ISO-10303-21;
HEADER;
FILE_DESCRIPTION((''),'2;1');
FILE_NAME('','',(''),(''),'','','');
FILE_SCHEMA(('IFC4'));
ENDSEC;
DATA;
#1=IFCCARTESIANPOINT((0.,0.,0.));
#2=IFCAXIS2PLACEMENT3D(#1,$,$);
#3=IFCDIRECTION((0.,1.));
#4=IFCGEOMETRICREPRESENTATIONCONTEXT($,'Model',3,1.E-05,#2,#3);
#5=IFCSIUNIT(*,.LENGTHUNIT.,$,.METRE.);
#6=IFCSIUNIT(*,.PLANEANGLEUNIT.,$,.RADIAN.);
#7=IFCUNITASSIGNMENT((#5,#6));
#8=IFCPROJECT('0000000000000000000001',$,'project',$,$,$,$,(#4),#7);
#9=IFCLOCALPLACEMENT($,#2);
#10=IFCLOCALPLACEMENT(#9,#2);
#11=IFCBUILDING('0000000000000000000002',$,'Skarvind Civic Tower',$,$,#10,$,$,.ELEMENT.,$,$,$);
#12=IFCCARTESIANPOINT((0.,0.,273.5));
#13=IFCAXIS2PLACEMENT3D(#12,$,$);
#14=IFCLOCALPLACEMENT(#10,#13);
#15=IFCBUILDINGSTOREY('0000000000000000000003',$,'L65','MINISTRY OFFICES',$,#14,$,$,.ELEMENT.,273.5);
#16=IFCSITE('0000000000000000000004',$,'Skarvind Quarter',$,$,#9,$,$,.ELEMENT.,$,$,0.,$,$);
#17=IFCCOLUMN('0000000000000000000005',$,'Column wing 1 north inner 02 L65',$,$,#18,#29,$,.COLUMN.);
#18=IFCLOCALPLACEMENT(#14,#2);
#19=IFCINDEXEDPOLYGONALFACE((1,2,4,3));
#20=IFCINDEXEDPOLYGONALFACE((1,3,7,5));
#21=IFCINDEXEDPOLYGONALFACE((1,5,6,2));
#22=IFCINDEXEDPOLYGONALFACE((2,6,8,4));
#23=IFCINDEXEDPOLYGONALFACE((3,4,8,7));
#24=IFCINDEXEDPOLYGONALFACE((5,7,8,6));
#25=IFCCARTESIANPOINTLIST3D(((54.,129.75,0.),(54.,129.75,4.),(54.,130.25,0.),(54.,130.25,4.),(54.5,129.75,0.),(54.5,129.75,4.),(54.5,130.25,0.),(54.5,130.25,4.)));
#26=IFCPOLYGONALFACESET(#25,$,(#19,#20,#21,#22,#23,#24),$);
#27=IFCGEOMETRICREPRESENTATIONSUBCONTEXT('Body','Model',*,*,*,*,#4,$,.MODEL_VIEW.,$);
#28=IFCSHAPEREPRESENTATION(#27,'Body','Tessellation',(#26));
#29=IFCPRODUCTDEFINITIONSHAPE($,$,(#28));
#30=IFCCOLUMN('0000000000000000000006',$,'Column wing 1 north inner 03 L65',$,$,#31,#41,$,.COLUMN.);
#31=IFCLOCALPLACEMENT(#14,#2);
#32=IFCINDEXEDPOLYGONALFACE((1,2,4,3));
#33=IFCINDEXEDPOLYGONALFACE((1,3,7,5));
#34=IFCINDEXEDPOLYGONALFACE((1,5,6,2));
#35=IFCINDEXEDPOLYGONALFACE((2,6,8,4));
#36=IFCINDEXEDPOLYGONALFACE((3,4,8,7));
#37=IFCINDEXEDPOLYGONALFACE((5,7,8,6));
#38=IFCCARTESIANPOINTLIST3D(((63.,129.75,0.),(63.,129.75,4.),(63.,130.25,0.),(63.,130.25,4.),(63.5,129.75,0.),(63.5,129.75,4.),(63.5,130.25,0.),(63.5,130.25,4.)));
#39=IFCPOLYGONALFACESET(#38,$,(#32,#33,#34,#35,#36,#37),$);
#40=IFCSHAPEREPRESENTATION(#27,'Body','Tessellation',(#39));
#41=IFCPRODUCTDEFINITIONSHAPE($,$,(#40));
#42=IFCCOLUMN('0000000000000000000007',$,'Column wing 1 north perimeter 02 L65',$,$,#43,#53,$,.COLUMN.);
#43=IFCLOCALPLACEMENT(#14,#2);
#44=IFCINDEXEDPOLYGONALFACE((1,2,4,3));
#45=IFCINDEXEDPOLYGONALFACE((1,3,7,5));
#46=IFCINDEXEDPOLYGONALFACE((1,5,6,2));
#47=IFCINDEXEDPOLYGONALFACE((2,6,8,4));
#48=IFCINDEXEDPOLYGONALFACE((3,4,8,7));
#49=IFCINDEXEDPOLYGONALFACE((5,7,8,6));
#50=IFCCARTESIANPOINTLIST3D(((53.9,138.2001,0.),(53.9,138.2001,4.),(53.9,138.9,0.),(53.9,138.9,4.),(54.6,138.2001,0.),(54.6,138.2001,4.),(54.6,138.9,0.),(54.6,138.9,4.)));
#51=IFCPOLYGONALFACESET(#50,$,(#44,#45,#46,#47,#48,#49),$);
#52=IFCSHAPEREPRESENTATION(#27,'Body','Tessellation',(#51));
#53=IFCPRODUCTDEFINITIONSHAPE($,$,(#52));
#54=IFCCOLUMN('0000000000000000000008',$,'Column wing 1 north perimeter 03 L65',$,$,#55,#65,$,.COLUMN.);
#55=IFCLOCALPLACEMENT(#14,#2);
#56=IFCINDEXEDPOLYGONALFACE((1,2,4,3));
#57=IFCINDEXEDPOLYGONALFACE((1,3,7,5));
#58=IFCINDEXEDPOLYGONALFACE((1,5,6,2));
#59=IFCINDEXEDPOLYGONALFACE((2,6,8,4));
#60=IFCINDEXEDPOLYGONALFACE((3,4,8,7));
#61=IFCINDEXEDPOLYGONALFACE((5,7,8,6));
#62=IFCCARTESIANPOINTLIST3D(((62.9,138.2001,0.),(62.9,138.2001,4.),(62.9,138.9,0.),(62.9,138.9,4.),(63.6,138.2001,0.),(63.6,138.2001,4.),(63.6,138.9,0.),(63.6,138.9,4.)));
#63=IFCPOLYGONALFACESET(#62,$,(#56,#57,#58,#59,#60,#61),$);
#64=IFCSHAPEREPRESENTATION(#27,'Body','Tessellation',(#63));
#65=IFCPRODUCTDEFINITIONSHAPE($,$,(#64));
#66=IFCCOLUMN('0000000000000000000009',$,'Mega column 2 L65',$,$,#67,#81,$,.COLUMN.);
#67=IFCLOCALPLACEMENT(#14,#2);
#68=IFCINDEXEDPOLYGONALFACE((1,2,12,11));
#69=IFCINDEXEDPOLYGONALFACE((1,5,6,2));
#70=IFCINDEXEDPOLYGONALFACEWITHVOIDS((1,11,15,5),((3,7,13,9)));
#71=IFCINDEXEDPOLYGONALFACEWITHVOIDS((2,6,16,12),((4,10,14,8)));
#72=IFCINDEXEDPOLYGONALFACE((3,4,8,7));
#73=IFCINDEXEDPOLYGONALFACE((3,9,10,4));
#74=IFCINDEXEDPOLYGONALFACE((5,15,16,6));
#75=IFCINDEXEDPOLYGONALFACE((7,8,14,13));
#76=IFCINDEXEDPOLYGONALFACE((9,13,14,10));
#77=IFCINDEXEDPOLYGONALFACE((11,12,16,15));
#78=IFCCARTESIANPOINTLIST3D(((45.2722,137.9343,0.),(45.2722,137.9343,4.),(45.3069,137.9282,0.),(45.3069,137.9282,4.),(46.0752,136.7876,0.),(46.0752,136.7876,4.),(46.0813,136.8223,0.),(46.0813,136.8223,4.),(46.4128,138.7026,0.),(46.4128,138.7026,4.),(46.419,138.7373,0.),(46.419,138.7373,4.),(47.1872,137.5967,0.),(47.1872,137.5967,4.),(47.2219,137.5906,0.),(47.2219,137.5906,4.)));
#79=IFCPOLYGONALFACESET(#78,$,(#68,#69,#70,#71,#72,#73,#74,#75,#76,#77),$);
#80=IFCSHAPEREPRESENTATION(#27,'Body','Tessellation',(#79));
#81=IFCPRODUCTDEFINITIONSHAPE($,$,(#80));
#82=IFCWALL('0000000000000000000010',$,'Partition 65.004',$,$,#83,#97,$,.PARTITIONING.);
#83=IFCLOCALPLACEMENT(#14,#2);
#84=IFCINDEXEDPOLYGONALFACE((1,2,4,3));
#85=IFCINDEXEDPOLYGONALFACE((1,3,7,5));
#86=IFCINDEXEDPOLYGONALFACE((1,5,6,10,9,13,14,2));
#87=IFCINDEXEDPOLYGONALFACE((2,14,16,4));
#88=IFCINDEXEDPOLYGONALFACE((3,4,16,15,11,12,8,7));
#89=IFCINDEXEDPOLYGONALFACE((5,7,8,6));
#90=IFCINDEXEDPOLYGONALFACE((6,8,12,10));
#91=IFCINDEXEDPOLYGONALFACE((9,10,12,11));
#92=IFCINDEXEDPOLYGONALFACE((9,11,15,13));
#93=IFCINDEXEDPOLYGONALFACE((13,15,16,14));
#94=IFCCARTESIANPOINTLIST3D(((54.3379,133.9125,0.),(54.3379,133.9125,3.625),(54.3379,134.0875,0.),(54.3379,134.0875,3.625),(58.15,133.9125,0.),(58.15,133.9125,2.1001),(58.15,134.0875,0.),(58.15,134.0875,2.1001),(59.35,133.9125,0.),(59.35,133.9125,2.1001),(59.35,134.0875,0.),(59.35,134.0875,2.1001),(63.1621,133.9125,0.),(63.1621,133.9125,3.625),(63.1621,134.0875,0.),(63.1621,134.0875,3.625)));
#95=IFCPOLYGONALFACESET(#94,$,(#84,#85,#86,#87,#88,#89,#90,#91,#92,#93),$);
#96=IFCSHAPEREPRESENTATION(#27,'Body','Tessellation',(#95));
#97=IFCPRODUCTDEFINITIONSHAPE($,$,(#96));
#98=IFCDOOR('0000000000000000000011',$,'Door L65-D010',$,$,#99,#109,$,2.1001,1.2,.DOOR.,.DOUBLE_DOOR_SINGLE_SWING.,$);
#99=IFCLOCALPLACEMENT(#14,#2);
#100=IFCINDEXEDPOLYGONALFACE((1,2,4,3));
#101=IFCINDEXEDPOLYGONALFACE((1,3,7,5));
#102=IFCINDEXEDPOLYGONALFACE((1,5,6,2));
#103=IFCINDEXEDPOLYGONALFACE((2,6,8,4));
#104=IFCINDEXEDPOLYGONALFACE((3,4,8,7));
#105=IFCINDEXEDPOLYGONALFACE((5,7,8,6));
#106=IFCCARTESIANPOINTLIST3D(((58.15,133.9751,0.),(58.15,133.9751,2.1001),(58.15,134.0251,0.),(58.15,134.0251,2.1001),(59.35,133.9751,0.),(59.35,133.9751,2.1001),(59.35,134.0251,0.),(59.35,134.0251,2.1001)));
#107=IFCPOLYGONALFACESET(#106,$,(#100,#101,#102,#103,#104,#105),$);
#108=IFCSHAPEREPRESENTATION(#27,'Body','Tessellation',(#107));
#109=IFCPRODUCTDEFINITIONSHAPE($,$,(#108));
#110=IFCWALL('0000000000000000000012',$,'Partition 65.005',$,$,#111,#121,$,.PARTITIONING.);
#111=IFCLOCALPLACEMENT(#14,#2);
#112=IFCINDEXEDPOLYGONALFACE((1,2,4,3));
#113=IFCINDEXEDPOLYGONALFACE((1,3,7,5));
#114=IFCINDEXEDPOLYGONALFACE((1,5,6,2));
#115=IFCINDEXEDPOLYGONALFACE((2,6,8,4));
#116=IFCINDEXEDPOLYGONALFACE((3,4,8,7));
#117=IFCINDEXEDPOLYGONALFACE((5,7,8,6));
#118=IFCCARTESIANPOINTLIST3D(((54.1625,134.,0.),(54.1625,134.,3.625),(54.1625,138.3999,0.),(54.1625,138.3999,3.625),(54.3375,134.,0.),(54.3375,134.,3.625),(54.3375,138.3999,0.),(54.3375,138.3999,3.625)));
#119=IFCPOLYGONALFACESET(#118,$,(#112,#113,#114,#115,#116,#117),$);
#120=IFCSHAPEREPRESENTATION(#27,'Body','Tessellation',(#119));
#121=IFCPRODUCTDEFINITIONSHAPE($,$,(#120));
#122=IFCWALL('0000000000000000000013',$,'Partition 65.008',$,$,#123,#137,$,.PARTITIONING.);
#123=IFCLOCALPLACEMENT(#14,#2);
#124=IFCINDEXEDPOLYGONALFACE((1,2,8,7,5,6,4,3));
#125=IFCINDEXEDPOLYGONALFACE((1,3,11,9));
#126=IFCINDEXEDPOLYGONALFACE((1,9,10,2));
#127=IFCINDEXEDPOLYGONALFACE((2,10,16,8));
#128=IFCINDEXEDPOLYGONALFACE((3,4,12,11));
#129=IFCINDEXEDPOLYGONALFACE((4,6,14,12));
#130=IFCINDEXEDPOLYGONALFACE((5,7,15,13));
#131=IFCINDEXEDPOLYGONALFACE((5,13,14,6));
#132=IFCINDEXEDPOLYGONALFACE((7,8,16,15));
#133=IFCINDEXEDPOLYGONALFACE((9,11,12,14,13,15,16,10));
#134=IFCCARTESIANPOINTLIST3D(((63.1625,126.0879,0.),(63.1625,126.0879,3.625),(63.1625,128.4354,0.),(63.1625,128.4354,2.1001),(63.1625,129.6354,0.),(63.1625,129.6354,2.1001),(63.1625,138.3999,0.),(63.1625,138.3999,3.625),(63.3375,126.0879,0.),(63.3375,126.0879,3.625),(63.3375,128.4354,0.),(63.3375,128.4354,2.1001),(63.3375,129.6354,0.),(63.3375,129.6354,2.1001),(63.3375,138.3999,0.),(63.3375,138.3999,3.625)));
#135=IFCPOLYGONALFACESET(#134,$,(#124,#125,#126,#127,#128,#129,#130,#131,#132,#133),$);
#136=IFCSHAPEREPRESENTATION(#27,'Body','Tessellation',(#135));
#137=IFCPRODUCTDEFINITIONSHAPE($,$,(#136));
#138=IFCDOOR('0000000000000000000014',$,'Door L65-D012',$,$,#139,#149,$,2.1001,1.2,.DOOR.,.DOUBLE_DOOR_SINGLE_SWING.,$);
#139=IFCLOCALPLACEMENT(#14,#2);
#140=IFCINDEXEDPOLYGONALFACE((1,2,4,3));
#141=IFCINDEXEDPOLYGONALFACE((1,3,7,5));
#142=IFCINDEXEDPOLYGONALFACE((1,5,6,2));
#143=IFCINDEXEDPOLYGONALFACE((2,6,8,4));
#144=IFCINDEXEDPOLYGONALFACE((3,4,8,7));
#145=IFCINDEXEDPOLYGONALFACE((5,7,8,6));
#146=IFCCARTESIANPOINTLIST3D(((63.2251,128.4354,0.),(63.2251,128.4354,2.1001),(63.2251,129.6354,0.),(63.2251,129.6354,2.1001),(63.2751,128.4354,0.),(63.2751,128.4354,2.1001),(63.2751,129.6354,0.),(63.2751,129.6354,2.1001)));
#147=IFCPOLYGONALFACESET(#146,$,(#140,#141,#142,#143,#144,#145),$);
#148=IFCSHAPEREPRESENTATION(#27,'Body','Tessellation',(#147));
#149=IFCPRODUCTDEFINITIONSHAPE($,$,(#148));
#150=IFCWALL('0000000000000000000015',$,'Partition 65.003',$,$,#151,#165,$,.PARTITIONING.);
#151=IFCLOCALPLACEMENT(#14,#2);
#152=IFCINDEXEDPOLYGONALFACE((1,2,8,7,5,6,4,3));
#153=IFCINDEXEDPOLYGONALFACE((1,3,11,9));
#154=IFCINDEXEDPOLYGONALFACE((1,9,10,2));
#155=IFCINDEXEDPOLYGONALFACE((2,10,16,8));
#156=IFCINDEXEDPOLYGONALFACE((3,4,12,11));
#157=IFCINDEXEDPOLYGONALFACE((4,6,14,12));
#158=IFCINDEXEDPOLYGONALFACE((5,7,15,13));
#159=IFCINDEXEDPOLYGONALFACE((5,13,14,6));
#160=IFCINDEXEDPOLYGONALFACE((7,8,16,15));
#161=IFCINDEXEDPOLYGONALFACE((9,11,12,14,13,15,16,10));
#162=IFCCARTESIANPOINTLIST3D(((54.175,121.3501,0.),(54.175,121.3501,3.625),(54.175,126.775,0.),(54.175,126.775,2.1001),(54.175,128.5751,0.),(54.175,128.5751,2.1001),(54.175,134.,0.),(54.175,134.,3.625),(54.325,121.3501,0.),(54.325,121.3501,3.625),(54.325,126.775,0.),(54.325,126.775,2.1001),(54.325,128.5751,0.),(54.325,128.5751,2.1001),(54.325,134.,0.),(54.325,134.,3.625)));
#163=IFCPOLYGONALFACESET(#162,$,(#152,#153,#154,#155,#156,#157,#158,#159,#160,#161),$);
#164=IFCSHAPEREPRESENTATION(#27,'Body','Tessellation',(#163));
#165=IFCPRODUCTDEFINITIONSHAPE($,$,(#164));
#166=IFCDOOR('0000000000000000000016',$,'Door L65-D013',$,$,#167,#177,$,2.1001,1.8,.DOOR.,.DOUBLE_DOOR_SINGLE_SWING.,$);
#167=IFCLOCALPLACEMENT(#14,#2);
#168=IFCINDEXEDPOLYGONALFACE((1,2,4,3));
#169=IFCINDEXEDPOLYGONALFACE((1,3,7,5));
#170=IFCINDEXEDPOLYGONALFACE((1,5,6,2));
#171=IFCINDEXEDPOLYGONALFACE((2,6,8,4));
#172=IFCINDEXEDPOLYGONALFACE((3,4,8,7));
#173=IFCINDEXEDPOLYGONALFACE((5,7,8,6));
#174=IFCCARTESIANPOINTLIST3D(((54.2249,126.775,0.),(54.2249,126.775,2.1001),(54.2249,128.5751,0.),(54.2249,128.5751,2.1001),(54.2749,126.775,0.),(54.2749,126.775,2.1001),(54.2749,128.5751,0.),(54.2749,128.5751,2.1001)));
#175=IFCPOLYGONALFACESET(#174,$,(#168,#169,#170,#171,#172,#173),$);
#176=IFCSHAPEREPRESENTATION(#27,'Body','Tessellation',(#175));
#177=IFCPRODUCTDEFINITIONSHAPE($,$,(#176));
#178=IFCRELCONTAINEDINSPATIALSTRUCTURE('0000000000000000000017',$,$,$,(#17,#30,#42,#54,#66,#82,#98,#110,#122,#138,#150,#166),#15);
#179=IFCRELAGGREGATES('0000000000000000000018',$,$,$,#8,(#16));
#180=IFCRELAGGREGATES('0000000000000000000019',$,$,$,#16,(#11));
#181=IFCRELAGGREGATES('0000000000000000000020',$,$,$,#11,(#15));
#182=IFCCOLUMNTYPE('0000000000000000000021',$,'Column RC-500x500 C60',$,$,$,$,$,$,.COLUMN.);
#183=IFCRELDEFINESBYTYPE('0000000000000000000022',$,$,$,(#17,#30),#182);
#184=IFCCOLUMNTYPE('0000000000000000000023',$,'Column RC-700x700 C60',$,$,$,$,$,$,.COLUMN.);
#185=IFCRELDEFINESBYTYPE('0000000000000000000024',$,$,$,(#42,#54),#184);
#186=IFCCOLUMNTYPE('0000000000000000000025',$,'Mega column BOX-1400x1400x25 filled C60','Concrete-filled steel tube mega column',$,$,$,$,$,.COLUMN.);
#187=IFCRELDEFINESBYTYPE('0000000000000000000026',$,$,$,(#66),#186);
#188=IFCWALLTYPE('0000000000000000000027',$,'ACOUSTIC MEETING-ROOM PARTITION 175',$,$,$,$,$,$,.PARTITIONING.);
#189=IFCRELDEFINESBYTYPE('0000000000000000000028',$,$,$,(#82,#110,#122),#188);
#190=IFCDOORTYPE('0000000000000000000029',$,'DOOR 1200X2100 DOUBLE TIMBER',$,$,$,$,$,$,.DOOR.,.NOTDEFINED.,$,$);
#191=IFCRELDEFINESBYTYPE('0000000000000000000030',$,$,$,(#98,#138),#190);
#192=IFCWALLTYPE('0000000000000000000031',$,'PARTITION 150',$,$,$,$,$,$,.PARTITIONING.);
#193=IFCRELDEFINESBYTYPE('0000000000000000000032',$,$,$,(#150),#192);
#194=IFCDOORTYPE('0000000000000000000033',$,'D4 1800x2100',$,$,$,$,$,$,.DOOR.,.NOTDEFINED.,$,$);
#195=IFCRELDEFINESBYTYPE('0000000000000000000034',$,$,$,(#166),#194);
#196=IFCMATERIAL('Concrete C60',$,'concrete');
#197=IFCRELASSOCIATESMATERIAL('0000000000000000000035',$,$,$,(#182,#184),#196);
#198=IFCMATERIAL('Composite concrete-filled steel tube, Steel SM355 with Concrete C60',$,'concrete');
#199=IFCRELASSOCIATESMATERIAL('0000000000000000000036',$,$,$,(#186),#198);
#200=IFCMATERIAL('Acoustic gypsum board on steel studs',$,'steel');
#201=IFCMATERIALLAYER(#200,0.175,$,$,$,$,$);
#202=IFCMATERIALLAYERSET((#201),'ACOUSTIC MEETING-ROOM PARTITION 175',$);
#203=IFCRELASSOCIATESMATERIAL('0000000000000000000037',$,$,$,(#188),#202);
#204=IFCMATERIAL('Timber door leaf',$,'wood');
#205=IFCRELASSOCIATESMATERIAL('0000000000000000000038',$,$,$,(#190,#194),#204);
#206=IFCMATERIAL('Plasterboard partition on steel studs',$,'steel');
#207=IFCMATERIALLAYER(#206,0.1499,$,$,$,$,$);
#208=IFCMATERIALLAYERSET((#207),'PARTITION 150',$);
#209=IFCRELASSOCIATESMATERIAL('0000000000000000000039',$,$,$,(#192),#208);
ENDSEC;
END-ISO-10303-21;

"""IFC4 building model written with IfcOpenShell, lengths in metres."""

from ifc_helpers import new_model, si_unit, direction, frame, frame_2d, origin, origin_2d, place, context, subcontext, project, spatial, rectangle, hollow_rectangle, extrude, material, layer, layer_set, material_profile, profile_set, type_object, element, fill, save


model = new_model("IFC4")

# Units and contexts
model_context = context("Model", 3, precision=1e-05, world=origin(), true_north=direction((0.0, 1.0)))
body_context = subcontext(model_context, "Body", "Model", "MODEL_VIEW")
ifc_project = project(units=[si_unit("LENGTHUNIT", "METRE"), si_unit("PLANEANGLEUNIT", "RADIAN")], contexts=[model_context])

# Site, building, storey
site_placement = place(None, origin())
site = spatial("IfcSite", under=ifc_project, at=site_placement, Name="Skarvind Quarter", CompositionType="ELEMENT", RefElevation=0.0)
building_placement = place(site_placement, origin())
building = spatial("IfcBuilding", under=site, at=building_placement, Name="Skarvind Civic Tower", CompositionType="ELEMENT")
storey_placement = place(building_placement, frame((0.0, 0.0, 273.5)))
storey = spatial("IfcBuildingStorey", under=building, at=storey_placement, Name="L65", Description="MINISTRY OFFICES", CompositionType="ELEMENT", Elevation=273.5)

# Columns
ifc_material_1 = material(Name="Concrete C60", Category="concrete")
ifc_material_profile_1 = material_profile(ifc_material_1, rectangle(XDim=0.5, YDim=0.5, at=origin_2d()), Name="RC-500x500")
ifc_profile_set_1 = profile_set([ifc_material_profile_1], Name="Concrete C60")
column_type_1 = type_object("IfcColumnType", Name="Column RC-500x500 C60", PredefinedType="COLUMN", material=ifc_profile_set_1)
for number, where, z_axis, x_axis, name in (
    (1, (54.25, 130.0, 0.0), (0.0, 0.0, 1.0), (1.0, 0.0, 0.0), "Column wing 1 north inner 02 L65"),
    (2, (63.25, 130.0, 0.0), (0.0, 0.0, 1.0), (1.0, 0.0, 0.0), "Column wing 1 north inner 03 L65"),
):
    element("IfcColumn", number, at=place(storey_placement, frame(where, z_axis=z_axis, x_axis=x_axis)), inside=storey, type_object=column_type_1, Name=name, PredefinedType="COLUMN", context=body_context, shape_type="SweptSolid", body=[
        extrude(rectangle(XDim=0.5, YDim=0.5, at=origin_2d()), origin(), (0.0, 0.0, 1.0), 4.0),
    ])
ifc_material_profile_2 = material_profile(ifc_material_1, rectangle(XDim=0.7, YDim=0.7, at=origin_2d()), Name="RC-700x700")
ifc_profile_set_2 = profile_set([ifc_material_profile_2], Name="Concrete C60")
column_type_2 = type_object("IfcColumnType", Name="Column RC-700x700 C60", PredefinedType="COLUMN", material=ifc_profile_set_2)
for number, where, z_axis, x_axis, name in (
    (3, (54.25, 138.55, 0.0), (0.0, 0.0, 1.0), (1.0, 0.0, 0.0), "Column wing 1 north perimeter 02 L65"),
    (4, (63.25, 138.55, 0.0), (0.0, 0.0, 1.0), (1.0, 0.0, 0.0), "Column wing 1 north perimeter 03 L65"),
):
    element("IfcColumn", number, at=place(storey_placement, frame(where, z_axis=z_axis, x_axis=x_axis)), inside=storey, type_object=column_type_2, Name=name, PredefinedType="COLUMN", context=body_context, shape_type="SweptSolid", body=[
        extrude(rectangle(XDim=0.7, YDim=0.7, at=origin_2d()), origin(), (0.0, 0.0, 1.0), 4.0),
    ])
ifc_material_2 = material(Name="Composite concrete-filled steel tube, Steel SM355 with Concrete C60", Category="concrete")
ifc_material_profile_3 = material_profile(ifc_material_2, hollow_rectangle(XDim=1.3999, YDim=1.3999, WallThickness=0.0249, at=origin_2d()), Name="BOX-1400x1400x25")
ifc_profile_set_3 = profile_set([ifc_material_profile_3], Name="Composite concrete-filled steel tube, Steel SM355 with Concrete C60")
column_type_3 = type_object("IfcColumnType", Name="Mega column BOX-1400x1400x25 filled C60", Description="Concrete-filled steel tube mega column", PredefinedType="COLUMN", material=ifc_profile_set_3)
column_placement = place(storey_placement, frame((46.2471, 137.7625, 0.0), z_axis=(0.0, 0.0, 1.0), x_axis=(0.573576, -0.819152, 0.0)))
element("IfcColumn", 5, at=column_placement, inside=storey, type_object=column_type_3, Name="Mega column 2 L65", PredefinedType="COLUMN", context=body_context, shape_type="SweptSolid", body=[
    extrude(hollow_rectangle(XDim=1.3999, YDim=1.3999, WallThickness=0.0249, at=origin_2d()), origin(), (0.0, 0.0, 1.0), 4.0),
])

# Wall, opening, door
ifc_material_3 = material(Name="Acoustic gypsum board on steel studs", Category="steel")
ifc_layer_1 = layer(ifc_material_3, 0.175)
ifc_layer_set_1 = layer_set([ifc_layer_1], Name="ACOUSTIC MEETING-ROOM PARTITION 175")
wall_type_1 = type_object("IfcWallType", Name="ACOUSTIC MEETING-ROOM PARTITION 175", PredefinedType="PARTITIONING", material=ifc_layer_set_1)
wall_1_placement = place(storey_placement, frame((63.1621, 134.0, 0.0), z_axis=(0.0, 0.0, 1.0), x_axis=(-1.0, 0.0, 0.0)))
wall_1 = element("IfcWall", 6, at=wall_1_placement, inside=storey, type_object=wall_type_1, Name="Partition 65.004", PredefinedType="PARTITIONING", context=body_context, shape_type="SweptSolid", body=[
    extrude(rectangle(XDim=8.8242, YDim=0.175, at=frame_2d((4.4121, 0.0))), origin(), (0.0, 0.0, 1.0), 3.625),
])
opening_1_placement = place(wall_1_placement, frame((3.812, 0.0, 0.0)))
opening_1 = element("IfcOpeningElement", 7, at=opening_1_placement, cuts=wall_1, PredefinedType="OPENING", context=body_context, shape_type="SweptSolid", body=[
    extrude(rectangle(XDim=1.2, YDim=2.1001, at=frame_2d((0.6001, 1.05))), frame((0.0, 0.0974, 0.0), z_axis=(0.0, -1.0, 0.0), x_axis=(1.0, 0.0, 0.0)), (0.0, 0.0, 1.0), 0.1951),
])
ifc_material_4 = material(Name="Timber door leaf", Category="wood")
door_type_1 = type_object("IfcDoorType", Name="DOOR 1200X2100 DOUBLE TIMBER", OperationType="NOTDEFINED", PredefinedType="DOOR", material=ifc_material_4)
door_1_placement = place(opening_1_placement, origin())
door_1 = element("IfcDoor", 8, at=door_1_placement, inside=storey, type_object=door_type_1, Name="Door L65-D010", OperationType="DOUBLE_DOOR_SINGLE_SWING", OverallHeight=2.1001, OverallWidth=1.2, PredefinedType="DOOR", context=body_context, shape_type="SweptSolid", body=[
    extrude(rectangle(XDim=1.2, YDim=2.1001, at=frame_2d((0.6001, 1.05))), frame((0.0, 0.0249, 0.0), z_axis=(0.0, -1.0, 0.0), x_axis=(1.0, 0.0, 0.0)), (0.0, 0.0, 1.0), 0.05),
])
fill(opening_1, door_1)

# Wall
wall_2_placement = place(storey_placement, frame((54.25, 138.3999, 0.0), z_axis=(0.0, 0.0, 1.0), x_axis=(0.0, -1.0, 0.0)))
element("IfcWall", 9, at=wall_2_placement, inside=storey, type_object=wall_type_1, Name="Partition 65.005", PredefinedType="PARTITIONING", context=body_context, shape_type="SweptSolid", body=[
    extrude(rectangle(XDim=4.3999, YDim=0.175, at=frame_2d((2.2, 0.0))), origin(), (0.0, 0.0, 1.0), 3.625),
])

# Walls, openings, doors
wall_3_placement = place(storey_placement, frame((63.25, 126.0879, 0.0), z_axis=(0.0, 0.0, 1.0), x_axis=(0.0, 1.0, 0.0)))
wall_3 = element("IfcWall", 10, at=wall_3_placement, inside=storey, type_object=wall_type_1, Name="Partition 65.008", PredefinedType="PARTITIONING", context=body_context, shape_type="SweptSolid", body=[
    extrude(rectangle(XDim=12.312, YDim=0.175, at=frame_2d((6.156, 0.0))), origin(), (0.0, 0.0, 1.0), 3.625),
])
opening_2_placement = place(wall_3_placement, frame((2.3474, 0.0, 0.0)))
opening_2 = element("IfcOpeningElement", 11, at=opening_2_placement, cuts=wall_3, PredefinedType="OPENING", context=body_context, shape_type="SweptSolid", body=[
    extrude(rectangle(XDim=1.2, YDim=2.1001, at=frame_2d((0.6001, 1.05))), frame((0.0, 0.0974, 0.0), z_axis=(0.0, -1.0, 0.0), x_axis=(1.0, 0.0, 0.0)), (0.0, 0.0, 1.0), 0.1951),
])
door_2_placement = place(opening_2_placement, origin())
door_2 = element("IfcDoor", 12, at=door_2_placement, inside=storey, type_object=door_type_1, Name="Door L65-D012", OperationType="DOUBLE_DOOR_SINGLE_SWING", OverallHeight=2.1001, OverallWidth=1.2, PredefinedType="DOOR", context=body_context, shape_type="SweptSolid", body=[
    extrude(rectangle(XDim=1.2, YDim=2.1001, at=frame_2d((0.6001, 1.05))), frame((0.0, 0.0249, 0.0), z_axis=(0.0, -1.0, 0.0), x_axis=(1.0, 0.0, 0.0)), (0.0, 0.0, 1.0), 0.05),
])
fill(opening_2, door_2)
ifc_material_5 = material(Name="Plasterboard partition on steel studs", Category="steel")
ifc_layer_2 = layer(ifc_material_5, 0.1499)
ifc_layer_set_2 = layer_set([ifc_layer_2], Name="PARTITION 150")
wall_type_2 = type_object("IfcWallType", Name="PARTITION 150", PredefinedType="PARTITIONING", material=ifc_layer_set_2)
wall_4_placement = place(storey_placement, frame((54.25, 134.0, 0.0), z_axis=(0.0, 0.0, 1.0), x_axis=(0.0, -1.0, 0.0)))
wall_4 = element("IfcWall", 13, at=wall_4_placement, inside=storey, type_object=wall_type_2, Name="Partition 65.003", PredefinedType="PARTITIONING", context=body_context, shape_type="SweptSolid", body=[
    extrude(rectangle(XDim=12.6499, YDim=0.1499, at=frame_2d((6.325, 0.0))), origin(), (0.0, 0.0, 1.0), 3.625),
])
opening_3_placement = place(wall_4_placement, frame((5.425, 0.0, 0.0)))
opening_3 = element("IfcOpeningElement", 14, at=opening_3_placement, cuts=wall_4, PredefinedType="OPENING", context=body_context, shape_type="SweptSolid", body=[
    extrude(rectangle(XDim=1.8, YDim=2.1001, at=frame_2d((0.8999, 1.05))), frame((0.0, 0.085, 0.0), z_axis=(0.0, -1.0, 0.0), x_axis=(1.0, 0.0, 0.0)), (0.0, 0.0, 1.0), 0.1699),
])
door_type_2 = type_object("IfcDoorType", Name="D4 1800x2100", OperationType="NOTDEFINED", PredefinedType="DOOR", material=ifc_material_4)
door_3_placement = place(opening_3_placement, origin())
door_3 = element("IfcDoor", 15, at=door_3_placement, inside=storey, type_object=door_type_2, Name="Door L65-D013", OperationType="DOUBLE_DOOR_SINGLE_SWING", OverallHeight=2.1001, OverallWidth=1.8, PredefinedType="DOOR", context=body_context, shape_type="SweptSolid", body=[
    extrude(rectangle(XDim=1.8, YDim=2.1001, at=frame_2d((0.8999, 1.05))), frame((0.0, 0.0249, 0.0), z_axis=(0.0, -1.0, 0.0), x_axis=(1.0, 0.0, 0.0)), (0.0, 0.0, 1.0), 0.05),
])
fill(opening_3, door_3)

save(model, "model.ifc")
